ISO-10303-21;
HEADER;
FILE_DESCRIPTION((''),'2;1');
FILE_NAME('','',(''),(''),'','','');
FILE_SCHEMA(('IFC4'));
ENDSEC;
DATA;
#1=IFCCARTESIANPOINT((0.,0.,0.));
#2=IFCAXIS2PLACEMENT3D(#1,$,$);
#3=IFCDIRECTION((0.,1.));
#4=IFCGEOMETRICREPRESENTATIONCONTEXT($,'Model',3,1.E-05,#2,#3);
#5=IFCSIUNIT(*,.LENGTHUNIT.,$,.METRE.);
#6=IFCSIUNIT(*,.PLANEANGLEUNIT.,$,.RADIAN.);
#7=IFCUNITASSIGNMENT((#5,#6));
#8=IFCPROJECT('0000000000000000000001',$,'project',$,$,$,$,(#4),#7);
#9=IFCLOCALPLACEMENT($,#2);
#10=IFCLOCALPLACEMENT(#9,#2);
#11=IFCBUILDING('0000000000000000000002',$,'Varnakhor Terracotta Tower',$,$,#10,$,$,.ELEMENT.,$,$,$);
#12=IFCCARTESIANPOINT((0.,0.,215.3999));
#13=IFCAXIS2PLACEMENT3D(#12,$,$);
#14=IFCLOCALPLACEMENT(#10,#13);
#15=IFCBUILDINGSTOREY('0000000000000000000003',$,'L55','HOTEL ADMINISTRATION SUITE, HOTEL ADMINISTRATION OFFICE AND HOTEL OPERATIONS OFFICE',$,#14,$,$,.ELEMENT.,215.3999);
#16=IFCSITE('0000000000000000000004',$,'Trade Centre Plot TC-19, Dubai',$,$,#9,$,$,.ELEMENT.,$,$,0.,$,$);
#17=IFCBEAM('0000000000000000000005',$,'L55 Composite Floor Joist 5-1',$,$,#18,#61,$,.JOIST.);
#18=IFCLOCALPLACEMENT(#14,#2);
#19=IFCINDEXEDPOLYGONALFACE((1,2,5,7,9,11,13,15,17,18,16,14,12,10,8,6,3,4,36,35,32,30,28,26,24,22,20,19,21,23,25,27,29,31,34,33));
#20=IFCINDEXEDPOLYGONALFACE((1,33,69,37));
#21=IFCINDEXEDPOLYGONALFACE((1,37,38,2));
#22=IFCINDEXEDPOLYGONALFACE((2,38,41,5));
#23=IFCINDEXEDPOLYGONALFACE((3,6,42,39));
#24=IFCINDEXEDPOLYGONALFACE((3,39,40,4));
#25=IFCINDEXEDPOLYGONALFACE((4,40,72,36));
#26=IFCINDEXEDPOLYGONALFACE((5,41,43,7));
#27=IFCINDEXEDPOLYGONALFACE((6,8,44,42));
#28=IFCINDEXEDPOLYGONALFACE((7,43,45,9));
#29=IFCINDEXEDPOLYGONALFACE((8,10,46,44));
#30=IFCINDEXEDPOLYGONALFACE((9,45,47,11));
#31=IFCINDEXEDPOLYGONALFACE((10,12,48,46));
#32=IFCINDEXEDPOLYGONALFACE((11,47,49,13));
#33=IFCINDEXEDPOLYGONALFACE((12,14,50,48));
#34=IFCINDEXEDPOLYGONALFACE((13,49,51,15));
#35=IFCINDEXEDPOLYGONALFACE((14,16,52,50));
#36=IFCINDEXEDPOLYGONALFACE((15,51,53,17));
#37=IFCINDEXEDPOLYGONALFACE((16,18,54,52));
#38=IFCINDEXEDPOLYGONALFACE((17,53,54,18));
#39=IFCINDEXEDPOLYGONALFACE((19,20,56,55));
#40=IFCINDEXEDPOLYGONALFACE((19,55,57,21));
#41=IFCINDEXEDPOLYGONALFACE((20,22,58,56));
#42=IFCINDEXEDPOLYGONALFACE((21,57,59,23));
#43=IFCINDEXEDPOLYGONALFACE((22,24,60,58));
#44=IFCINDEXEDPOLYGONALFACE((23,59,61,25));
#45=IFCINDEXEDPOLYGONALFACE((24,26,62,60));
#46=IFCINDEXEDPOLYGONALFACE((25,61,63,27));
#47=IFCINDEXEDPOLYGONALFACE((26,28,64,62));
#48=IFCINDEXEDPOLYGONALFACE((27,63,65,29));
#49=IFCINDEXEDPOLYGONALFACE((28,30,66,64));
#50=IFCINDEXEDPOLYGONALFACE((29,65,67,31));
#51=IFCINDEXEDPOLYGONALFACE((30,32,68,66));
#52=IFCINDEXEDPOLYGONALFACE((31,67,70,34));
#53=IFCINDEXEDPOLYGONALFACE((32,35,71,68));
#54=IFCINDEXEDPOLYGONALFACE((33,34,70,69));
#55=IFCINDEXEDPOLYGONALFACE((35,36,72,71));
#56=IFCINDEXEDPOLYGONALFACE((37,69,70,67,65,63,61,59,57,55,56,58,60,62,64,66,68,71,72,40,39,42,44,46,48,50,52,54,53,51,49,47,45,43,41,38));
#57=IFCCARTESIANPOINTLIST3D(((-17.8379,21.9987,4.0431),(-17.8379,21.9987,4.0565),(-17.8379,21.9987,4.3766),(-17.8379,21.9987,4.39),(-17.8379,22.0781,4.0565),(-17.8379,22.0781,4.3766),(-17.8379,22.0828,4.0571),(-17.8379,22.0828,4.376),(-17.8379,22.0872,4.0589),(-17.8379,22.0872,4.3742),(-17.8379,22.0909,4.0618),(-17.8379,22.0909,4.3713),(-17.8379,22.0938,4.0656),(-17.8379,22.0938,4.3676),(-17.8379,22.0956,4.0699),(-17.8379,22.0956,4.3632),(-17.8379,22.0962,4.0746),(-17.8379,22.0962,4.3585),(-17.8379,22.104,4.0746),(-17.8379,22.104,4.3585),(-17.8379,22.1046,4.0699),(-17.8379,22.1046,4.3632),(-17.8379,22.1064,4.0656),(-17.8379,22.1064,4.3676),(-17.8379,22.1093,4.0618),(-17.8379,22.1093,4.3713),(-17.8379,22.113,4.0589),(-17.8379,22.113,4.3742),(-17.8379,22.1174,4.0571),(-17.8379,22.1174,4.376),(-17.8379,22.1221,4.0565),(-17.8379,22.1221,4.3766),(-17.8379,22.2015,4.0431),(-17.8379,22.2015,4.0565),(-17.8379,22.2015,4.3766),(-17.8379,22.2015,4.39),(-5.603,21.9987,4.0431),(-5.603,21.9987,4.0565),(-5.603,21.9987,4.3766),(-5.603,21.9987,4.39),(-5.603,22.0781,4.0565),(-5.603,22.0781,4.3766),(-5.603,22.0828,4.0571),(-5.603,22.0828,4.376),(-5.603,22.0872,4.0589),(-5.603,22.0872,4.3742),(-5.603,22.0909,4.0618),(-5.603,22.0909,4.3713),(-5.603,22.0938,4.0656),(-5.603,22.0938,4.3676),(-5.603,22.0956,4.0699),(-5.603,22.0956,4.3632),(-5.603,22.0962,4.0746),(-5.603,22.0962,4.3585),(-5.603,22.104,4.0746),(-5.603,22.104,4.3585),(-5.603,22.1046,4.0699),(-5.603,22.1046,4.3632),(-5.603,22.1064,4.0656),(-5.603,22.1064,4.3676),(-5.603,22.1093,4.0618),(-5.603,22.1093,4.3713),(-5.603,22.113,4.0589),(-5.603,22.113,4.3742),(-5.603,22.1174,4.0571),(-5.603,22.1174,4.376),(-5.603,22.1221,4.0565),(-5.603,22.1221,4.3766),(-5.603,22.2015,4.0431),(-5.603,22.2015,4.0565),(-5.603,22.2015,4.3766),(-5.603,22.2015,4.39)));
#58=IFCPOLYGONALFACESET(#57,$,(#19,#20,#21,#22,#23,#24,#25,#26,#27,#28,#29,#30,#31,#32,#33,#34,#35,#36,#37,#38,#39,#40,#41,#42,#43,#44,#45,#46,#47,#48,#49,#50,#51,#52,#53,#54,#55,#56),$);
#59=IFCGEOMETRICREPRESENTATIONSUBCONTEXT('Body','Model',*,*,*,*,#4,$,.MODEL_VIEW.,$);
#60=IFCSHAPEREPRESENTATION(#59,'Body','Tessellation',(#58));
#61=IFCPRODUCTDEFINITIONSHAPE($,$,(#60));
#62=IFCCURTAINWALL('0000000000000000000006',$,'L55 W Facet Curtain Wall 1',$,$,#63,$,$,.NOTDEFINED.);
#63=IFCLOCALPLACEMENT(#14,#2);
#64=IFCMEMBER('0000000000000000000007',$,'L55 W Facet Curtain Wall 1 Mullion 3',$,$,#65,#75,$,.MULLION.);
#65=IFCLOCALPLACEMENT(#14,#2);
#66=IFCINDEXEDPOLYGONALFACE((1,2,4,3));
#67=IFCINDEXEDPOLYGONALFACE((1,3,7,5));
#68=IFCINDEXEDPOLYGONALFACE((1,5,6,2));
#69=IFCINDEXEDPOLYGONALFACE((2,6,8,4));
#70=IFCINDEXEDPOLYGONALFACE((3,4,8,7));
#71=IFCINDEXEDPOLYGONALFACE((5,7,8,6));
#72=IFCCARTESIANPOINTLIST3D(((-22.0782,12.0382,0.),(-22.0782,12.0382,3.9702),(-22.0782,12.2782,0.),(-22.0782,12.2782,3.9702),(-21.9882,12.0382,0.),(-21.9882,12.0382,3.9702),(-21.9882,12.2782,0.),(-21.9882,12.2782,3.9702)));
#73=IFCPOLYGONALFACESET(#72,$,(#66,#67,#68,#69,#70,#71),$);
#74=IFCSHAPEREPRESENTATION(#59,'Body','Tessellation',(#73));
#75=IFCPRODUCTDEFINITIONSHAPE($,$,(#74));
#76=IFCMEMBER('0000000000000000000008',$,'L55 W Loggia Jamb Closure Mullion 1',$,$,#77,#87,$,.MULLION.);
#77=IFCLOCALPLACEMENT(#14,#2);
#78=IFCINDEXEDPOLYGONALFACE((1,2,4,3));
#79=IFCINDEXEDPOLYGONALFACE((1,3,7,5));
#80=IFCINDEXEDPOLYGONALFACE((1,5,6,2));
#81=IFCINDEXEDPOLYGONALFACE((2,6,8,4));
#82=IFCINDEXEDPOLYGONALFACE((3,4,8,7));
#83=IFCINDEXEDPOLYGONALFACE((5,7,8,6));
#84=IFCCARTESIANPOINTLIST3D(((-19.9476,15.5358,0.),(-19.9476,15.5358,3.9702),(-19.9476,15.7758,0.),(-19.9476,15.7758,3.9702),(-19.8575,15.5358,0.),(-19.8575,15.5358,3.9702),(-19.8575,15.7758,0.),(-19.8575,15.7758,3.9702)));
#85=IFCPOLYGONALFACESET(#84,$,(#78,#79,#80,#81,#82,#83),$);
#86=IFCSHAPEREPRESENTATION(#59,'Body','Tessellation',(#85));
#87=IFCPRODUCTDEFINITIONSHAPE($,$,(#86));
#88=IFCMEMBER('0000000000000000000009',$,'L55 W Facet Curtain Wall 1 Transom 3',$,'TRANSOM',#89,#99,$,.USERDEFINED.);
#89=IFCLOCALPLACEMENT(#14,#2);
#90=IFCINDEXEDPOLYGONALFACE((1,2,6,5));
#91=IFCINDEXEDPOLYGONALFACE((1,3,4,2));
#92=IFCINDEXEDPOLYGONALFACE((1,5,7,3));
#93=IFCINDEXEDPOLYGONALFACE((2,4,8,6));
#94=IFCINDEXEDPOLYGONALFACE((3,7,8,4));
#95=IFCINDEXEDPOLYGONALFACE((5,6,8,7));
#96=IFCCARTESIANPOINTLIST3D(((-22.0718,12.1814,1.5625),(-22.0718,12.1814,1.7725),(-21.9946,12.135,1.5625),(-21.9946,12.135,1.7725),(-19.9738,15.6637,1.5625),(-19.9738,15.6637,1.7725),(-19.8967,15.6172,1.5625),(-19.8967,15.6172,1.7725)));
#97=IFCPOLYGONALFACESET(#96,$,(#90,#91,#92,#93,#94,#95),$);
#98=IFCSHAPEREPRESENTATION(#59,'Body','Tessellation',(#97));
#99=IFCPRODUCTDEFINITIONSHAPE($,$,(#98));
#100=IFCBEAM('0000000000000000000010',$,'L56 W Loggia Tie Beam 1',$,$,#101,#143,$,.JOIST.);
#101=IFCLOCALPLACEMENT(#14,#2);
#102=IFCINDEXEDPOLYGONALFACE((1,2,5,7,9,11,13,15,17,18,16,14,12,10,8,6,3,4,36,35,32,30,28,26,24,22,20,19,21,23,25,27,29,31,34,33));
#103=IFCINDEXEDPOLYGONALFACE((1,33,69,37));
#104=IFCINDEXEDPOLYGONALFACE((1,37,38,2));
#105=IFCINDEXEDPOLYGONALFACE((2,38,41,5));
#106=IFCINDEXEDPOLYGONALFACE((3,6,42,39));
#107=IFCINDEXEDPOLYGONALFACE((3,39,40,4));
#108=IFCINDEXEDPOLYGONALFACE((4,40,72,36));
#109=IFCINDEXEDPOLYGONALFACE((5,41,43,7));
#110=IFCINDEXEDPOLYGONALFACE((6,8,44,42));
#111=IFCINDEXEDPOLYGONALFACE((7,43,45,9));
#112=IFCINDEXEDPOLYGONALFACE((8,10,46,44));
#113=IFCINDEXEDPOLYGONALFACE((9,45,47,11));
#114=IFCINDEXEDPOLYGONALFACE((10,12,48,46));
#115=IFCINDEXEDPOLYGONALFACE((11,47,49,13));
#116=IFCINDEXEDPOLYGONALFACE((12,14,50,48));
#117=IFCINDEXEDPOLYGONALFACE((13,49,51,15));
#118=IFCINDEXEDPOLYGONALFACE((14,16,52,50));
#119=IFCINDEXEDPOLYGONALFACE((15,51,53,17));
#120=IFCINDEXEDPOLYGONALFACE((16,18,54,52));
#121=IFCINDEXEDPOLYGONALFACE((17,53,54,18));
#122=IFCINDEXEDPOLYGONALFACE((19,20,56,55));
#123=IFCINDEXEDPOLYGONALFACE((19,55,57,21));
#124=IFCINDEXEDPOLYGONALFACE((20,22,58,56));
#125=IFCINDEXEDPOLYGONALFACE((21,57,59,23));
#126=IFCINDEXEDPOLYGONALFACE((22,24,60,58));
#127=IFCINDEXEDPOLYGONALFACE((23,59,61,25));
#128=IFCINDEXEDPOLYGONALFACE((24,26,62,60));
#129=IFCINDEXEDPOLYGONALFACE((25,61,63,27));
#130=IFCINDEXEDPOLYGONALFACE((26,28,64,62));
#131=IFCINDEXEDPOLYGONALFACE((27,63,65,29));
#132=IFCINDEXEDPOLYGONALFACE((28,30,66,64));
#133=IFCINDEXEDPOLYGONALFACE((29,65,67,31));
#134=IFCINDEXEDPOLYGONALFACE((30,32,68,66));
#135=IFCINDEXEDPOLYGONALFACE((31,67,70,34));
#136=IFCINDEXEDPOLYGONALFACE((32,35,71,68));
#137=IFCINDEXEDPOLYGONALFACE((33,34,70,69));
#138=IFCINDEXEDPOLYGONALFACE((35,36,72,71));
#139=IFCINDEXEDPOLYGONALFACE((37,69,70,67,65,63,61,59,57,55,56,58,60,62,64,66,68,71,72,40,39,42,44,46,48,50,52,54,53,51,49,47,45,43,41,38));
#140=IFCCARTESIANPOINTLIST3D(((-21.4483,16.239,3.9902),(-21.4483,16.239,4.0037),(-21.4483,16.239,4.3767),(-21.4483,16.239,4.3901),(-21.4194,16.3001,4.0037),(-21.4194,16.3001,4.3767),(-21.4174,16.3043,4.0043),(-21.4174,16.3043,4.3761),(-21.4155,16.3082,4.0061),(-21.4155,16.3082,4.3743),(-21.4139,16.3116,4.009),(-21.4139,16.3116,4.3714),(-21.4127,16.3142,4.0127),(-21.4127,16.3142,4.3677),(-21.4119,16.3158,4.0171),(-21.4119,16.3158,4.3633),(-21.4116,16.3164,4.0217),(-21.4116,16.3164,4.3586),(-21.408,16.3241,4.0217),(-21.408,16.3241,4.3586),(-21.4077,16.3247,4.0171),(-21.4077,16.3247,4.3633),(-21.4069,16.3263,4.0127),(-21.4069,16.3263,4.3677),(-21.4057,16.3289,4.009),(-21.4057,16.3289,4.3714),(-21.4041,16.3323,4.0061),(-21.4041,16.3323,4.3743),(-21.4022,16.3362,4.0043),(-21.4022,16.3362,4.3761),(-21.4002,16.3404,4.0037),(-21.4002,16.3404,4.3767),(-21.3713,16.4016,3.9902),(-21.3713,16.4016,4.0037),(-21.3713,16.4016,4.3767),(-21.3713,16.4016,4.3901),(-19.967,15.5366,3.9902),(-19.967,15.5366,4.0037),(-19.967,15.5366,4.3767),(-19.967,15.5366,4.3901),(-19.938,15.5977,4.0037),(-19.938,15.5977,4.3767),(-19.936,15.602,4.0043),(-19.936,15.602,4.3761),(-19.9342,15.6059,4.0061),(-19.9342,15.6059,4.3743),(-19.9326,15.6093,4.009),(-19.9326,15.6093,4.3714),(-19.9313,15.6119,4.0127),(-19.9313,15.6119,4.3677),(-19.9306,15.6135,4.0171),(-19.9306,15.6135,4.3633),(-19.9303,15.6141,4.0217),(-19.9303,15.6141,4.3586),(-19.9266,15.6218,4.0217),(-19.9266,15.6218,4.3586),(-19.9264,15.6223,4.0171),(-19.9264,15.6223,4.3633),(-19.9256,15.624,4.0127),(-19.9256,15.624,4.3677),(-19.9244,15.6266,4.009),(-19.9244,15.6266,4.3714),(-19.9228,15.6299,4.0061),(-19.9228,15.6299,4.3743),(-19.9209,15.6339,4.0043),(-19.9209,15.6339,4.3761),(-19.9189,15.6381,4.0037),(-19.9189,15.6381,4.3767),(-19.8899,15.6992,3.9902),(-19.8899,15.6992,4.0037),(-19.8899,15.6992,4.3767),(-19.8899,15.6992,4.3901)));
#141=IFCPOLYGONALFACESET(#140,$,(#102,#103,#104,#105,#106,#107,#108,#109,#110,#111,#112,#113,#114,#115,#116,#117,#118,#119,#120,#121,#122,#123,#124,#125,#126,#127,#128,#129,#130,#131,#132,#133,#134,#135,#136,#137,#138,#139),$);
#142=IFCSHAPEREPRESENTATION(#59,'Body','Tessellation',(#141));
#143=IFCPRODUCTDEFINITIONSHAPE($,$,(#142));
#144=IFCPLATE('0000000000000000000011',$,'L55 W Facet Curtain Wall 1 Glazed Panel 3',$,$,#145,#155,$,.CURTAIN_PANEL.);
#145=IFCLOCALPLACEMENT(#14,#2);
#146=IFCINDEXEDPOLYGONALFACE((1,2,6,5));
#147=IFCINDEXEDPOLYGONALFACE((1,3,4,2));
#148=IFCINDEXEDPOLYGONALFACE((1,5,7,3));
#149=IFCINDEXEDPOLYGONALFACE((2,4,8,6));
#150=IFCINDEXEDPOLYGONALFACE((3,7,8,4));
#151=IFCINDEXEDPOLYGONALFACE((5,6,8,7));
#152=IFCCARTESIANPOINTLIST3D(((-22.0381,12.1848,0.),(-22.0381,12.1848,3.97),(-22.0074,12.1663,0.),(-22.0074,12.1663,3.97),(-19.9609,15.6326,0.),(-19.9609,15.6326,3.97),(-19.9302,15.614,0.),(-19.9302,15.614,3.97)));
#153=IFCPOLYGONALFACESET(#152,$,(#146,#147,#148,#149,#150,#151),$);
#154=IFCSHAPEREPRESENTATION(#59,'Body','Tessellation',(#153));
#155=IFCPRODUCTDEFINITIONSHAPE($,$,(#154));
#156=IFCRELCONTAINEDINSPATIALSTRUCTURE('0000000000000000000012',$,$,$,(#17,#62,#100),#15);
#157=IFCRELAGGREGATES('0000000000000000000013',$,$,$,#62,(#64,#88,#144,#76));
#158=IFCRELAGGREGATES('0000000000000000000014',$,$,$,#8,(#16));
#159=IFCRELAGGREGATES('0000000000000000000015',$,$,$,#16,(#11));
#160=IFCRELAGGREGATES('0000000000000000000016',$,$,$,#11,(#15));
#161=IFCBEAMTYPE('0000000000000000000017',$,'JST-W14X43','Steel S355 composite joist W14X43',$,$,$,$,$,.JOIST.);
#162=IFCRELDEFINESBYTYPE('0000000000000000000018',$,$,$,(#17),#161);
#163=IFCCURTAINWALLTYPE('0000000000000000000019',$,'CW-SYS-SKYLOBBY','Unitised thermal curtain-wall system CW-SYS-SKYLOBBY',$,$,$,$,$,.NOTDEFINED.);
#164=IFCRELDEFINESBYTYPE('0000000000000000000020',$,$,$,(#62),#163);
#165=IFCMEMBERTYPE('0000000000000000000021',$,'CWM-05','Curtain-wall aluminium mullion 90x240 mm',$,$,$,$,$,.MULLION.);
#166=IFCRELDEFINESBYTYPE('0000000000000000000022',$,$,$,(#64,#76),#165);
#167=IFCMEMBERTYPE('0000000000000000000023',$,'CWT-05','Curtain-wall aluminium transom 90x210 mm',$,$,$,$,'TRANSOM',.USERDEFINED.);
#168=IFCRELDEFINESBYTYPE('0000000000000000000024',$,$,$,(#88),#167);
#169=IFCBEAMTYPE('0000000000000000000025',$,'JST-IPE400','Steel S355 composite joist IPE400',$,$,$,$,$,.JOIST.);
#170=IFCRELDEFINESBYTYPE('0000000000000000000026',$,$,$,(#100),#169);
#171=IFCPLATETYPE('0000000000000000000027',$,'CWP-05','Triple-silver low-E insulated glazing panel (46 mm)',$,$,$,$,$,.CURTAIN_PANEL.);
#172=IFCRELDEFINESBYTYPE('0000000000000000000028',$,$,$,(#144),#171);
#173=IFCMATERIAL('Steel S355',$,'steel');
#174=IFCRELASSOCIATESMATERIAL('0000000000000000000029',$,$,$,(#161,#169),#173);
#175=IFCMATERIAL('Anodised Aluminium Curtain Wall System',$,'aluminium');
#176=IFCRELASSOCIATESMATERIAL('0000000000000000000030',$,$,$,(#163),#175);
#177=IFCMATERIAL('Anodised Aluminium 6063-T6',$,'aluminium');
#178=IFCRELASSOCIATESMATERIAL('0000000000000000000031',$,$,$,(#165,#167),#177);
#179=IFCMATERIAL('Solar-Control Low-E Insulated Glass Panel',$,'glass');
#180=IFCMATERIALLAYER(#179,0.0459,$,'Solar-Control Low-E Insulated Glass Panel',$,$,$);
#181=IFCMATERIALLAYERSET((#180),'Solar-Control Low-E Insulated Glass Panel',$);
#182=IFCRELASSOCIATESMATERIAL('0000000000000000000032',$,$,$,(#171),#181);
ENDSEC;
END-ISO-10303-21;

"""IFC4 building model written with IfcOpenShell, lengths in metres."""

from ifc_helpers import new_model, si_unit, direction, frame, origin, origin_2d, place, context, subcontext, project, spatial, rectangle, i_section, extrude, source, transform, mapped, material, layer, layer_set, material_profile, profile_set, type_object, element, aggregate, save


model = new_model("IFC4")

# Units and contexts
model_context = context("Model", 3, precision=1e-05, world=origin(), true_north=direction((0.0, 1.0)))
body_context = subcontext(model_context, "Body", "Model", "MODEL_VIEW")
ifc_project = project(units=[si_unit("LENGTHUNIT", "METRE"), si_unit("PLANEANGLEUNIT", "RADIAN")], contexts=[model_context])

# Site, building, storey
site_placement = place(None, origin())
site = spatial("IfcSite", under=ifc_project, at=site_placement, Name="Trade Centre Plot TC-19, Dubai", CompositionType="ELEMENT", RefElevation=0.0)
building_placement = place(site_placement, origin())
building = spatial("IfcBuilding", under=site, at=building_placement, Name="Varnakhor Terracotta Tower", CompositionType="ELEMENT")
storey_placement = place(building_placement, frame((0.0, 0.0, 215.3999)))
storey = spatial("IfcBuildingStorey", under=building, at=storey_placement, Name="L55", Description="HOTEL ADMINISTRATION SUITE, HOTEL ADMINISTRATION OFFICE AND HOTEL OPERATIONS OFFICE", CompositionType="ELEMENT", Elevation=215.3999)

# Beam
ifc_material_1 = material(Name="Steel S355", Category="steel")
ifc_material_profile_1 = material_profile(ifc_material_1, i_section(OverallWidth=0.2029, OverallDepth=0.3469, WebThickness=0.0078, FlangeThickness=0.0134, FilletRadius=0.0181, at=origin_2d()), Name="W14X43")
ifc_profile_set_1 = profile_set([ifc_material_profile_1], Name="Steel S355")
beam_type_1 = type_object("IfcBeamType", Name="JST-W14X43", Description="Steel S355 composite joist W14X43", PredefinedType="JOIST", material=ifc_profile_set_1)
shared_shape_1 = source(origin(), body_context, "Body", "SweptSolid", [
    extrude(i_section(OverallWidth=0.2029, OverallDepth=0.3469, WebThickness=0.0078, FlangeThickness=0.0134, FilletRadius=0.0181, at=origin_2d()), origin(), (0.0, 0.0, 1.0), 12.2349),
])
beam_1_placement = place(storey_placement, frame((-17.8379, 22.1001, 4.2166), z_axis=(1.0, 0.0, 0.0), x_axis=(0.0, 1.0, 0.0)))
element("IfcBeam", 1, at=beam_1_placement, inside=storey, type_object=beam_type_1, Name="L55 Composite Floor Joist 5-1", PredefinedType="JOIST", context=body_context, shape_type="MappedRepresentation", body=[
    mapped(shared_shape_1, transform((0.0, 0.0, 0.0), scale=1.0)),
])

# Curtain wall, members
ifc_material_2 = material(Name="Anodised Aluminium Curtain Wall System", Category="aluminium")
curtain_wall_type = type_object("IfcCurtainWallType", Name="CW-SYS-SKYLOBBY", Description="Unitised thermal curtain-wall system CW-SYS-SKYLOBBY", PredefinedType="NOTDEFINED", material=ifc_material_2)
curtain_wall_placement = place(storey_placement, origin())
curtain_wall = element("IfcCurtainWall", 2, at=curtain_wall_placement, inside=storey, type_object=curtain_wall_type, Name="L55 W Facet Curtain Wall 1", PredefinedType="NOTDEFINED")
ifc_material_3 = material(Name="Anodised Aluminium 6063-T6", Category="aluminium")
ifc_material_profile_2 = material_profile(ifc_material_3, rectangle(XDim=0.0901, YDim=0.24, at=origin_2d()), Name="ALU MULLION 90x240")
ifc_profile_set_2 = profile_set([ifc_material_profile_2], Name="Anodised Aluminium 6063-T6")
member_type_1 = type_object("IfcMemberType", Name="CWM-05", Description="Curtain-wall aluminium mullion 90x240 mm", PredefinedType="MULLION", material=ifc_profile_set_2)
shared_shape_2 = source(origin(), body_context, "Body", "SweptSolid", [
    extrude(rectangle(XDim=0.0901, YDim=0.24, at=origin_2d()), origin(), (0.0, 0.0, 1.0), 3.9702),
])
member_1_placement = place(storey_placement, frame((-22.0332, 12.1582, 0.0), z_axis=(0.0, 0.0, 1.0), x_axis=(1.0, 0.0, 0.0)))
member_1 = element("IfcMember", 3, at=member_1_placement, type_object=member_type_1, Name="L55 W Facet Curtain Wall 1 Mullion 3", PredefinedType="MULLION", context=body_context, shape_type="MappedRepresentation", body=[
    mapped(shared_shape_2, transform((0.0, 0.0, 0.0), scale=1.0)),
])
member_2_placement = place(storey_placement, frame((-19.9026, 15.6558, 0.0), z_axis=(0.0, 0.0, 1.0), x_axis=(1.0, 0.0, 0.0)))
member_2 = element("IfcMember", 4, at=member_2_placement, type_object=member_type_1, Name="L55 W Loggia Jamb Closure Mullion 1", PredefinedType="MULLION", context=body_context, shape_type="MappedRepresentation", body=[
    mapped(shared_shape_2, transform((0.0, 0.0, 0.0), scale=1.0)),
])
ifc_material_profile_3 = material_profile(ifc_material_3, rectangle(XDim=0.0901, YDim=0.21, at=origin_2d()), Name="ALU TRANSOM 90x210")
ifc_profile_set_3 = profile_set([ifc_material_profile_3], Name="Anodised Aluminium 6063-T6")
member_type_2 = type_object("IfcMemberType", Name="CWT-05", Description="Curtain-wall aluminium transom 90x210 mm", ElementType="TRANSOM", PredefinedType="USERDEFINED", material=ifc_profile_set_3)
shared_shape_3 = source(origin(), body_context, "Body", "SweptSolid", [
    extrude(rectangle(XDim=0.0901, YDim=0.21, at=origin_2d()), origin(), (0.0, 0.0, 1.0), 4.0654),
])
member_3_placement = place(storey_placement, frame((-22.0332, 12.1582, 1.6675), z_axis=(0.516049, 0.856559, 0.0), x_axis=(-0.856559, 0.516049, 0.0)))
member_3 = element("IfcMember", 5, at=member_3_placement, type_object=member_type_2, Name="L55 W Facet Curtain Wall 1 Transom 3", ObjectType="TRANSOM", PredefinedType="USERDEFINED", context=body_context, shape_type="MappedRepresentation", body=[
    mapped(shared_shape_3, transform((0.0, 0.0, 0.0), scale=1.0)),
])

# Beam
ifc_material_profile_4 = material_profile(ifc_material_1, i_section(OverallWidth=0.1799, OverallDepth=0.3999, WebThickness=0.0085, FlangeThickness=0.0134, FilletRadius=0.0181, at=origin_2d()), Name="IPE400")
ifc_profile_set_4 = profile_set([ifc_material_profile_4], Name="Steel S355")
beam_type_2 = type_object("IfcBeamType", Name="JST-IPE400", Description="Steel S355 composite joist IPE400", PredefinedType="JOIST", material=ifc_profile_set_4)
shared_shape_4 = source(origin(), body_context, "Body", "SweptSolid", [
    extrude(i_section(OverallWidth=0.1799, OverallDepth=0.3999, WebThickness=0.0085, FlangeThickness=0.0134, FilletRadius=0.0181, at=origin_2d()), origin(), (0.0, 0.0, 1.0), 1.6394),
])
beam_2_placement = place(storey_placement, frame((-19.9285, 15.6179, 4.1902), z_axis=(-0.903583, 0.428413, 0.0), x_axis=(-0.428413, -0.903583, 0.0)))
element("IfcBeam", 6, at=beam_2_placement, inside=storey, type_object=beam_type_2, Name="L56 W Loggia Tie Beam 1", PredefinedType="JOIST", context=body_context, shape_type="MappedRepresentation", body=[
    mapped(shared_shape_4, transform((0.0, 0.0, 0.0), scale=1.0)),
])

# Plate
ifc_material_4 = material(Name="Solar-Control Low-E Insulated Glass Panel", Category="glass")
ifc_layer_1 = layer(ifc_material_4, 0.0459, Name="Solar-Control Low-E Insulated Glass Panel")
ifc_layer_set_1 = layer_set([ifc_layer_1], Name="Solar-Control Low-E Insulated Glass Panel")
plate_type = type_object("IfcPlateType", Name="CWP-05", Description="Triple-silver low-E insulated glazing panel (46 mm)", PredefinedType="CURTAIN_PANEL", material=ifc_layer_set_1)
shared_shape_5 = source(origin(), body_context, "Body", "SweptSolid", [
    extrude(rectangle(XDim=4.0251, YDim=0.0359, at=origin_2d()), origin(), (0.0, 0.0, 1.0), 3.97),
])
plate_placement = place(storey_placement, frame((-20.9841, 13.8994, 0.0), z_axis=(0.0, 0.0, 1.0), x_axis=(0.516055, 0.856555, 0.0)))
plate = element("IfcPlate", 7, at=plate_placement, type_object=plate_type, Name="L55 W Facet Curtain Wall 1 Glazed Panel 3", PredefinedType="CURTAIN_PANEL", context=body_context, shape_type="MappedRepresentation", body=[
    mapped(shared_shape_5, transform((0.0, 0.0, 0.0), scale=1.0)),
])
aggregate(curtain_wall, [member_1, member_3, plate, member_2])

save(model, "model.ifc")
